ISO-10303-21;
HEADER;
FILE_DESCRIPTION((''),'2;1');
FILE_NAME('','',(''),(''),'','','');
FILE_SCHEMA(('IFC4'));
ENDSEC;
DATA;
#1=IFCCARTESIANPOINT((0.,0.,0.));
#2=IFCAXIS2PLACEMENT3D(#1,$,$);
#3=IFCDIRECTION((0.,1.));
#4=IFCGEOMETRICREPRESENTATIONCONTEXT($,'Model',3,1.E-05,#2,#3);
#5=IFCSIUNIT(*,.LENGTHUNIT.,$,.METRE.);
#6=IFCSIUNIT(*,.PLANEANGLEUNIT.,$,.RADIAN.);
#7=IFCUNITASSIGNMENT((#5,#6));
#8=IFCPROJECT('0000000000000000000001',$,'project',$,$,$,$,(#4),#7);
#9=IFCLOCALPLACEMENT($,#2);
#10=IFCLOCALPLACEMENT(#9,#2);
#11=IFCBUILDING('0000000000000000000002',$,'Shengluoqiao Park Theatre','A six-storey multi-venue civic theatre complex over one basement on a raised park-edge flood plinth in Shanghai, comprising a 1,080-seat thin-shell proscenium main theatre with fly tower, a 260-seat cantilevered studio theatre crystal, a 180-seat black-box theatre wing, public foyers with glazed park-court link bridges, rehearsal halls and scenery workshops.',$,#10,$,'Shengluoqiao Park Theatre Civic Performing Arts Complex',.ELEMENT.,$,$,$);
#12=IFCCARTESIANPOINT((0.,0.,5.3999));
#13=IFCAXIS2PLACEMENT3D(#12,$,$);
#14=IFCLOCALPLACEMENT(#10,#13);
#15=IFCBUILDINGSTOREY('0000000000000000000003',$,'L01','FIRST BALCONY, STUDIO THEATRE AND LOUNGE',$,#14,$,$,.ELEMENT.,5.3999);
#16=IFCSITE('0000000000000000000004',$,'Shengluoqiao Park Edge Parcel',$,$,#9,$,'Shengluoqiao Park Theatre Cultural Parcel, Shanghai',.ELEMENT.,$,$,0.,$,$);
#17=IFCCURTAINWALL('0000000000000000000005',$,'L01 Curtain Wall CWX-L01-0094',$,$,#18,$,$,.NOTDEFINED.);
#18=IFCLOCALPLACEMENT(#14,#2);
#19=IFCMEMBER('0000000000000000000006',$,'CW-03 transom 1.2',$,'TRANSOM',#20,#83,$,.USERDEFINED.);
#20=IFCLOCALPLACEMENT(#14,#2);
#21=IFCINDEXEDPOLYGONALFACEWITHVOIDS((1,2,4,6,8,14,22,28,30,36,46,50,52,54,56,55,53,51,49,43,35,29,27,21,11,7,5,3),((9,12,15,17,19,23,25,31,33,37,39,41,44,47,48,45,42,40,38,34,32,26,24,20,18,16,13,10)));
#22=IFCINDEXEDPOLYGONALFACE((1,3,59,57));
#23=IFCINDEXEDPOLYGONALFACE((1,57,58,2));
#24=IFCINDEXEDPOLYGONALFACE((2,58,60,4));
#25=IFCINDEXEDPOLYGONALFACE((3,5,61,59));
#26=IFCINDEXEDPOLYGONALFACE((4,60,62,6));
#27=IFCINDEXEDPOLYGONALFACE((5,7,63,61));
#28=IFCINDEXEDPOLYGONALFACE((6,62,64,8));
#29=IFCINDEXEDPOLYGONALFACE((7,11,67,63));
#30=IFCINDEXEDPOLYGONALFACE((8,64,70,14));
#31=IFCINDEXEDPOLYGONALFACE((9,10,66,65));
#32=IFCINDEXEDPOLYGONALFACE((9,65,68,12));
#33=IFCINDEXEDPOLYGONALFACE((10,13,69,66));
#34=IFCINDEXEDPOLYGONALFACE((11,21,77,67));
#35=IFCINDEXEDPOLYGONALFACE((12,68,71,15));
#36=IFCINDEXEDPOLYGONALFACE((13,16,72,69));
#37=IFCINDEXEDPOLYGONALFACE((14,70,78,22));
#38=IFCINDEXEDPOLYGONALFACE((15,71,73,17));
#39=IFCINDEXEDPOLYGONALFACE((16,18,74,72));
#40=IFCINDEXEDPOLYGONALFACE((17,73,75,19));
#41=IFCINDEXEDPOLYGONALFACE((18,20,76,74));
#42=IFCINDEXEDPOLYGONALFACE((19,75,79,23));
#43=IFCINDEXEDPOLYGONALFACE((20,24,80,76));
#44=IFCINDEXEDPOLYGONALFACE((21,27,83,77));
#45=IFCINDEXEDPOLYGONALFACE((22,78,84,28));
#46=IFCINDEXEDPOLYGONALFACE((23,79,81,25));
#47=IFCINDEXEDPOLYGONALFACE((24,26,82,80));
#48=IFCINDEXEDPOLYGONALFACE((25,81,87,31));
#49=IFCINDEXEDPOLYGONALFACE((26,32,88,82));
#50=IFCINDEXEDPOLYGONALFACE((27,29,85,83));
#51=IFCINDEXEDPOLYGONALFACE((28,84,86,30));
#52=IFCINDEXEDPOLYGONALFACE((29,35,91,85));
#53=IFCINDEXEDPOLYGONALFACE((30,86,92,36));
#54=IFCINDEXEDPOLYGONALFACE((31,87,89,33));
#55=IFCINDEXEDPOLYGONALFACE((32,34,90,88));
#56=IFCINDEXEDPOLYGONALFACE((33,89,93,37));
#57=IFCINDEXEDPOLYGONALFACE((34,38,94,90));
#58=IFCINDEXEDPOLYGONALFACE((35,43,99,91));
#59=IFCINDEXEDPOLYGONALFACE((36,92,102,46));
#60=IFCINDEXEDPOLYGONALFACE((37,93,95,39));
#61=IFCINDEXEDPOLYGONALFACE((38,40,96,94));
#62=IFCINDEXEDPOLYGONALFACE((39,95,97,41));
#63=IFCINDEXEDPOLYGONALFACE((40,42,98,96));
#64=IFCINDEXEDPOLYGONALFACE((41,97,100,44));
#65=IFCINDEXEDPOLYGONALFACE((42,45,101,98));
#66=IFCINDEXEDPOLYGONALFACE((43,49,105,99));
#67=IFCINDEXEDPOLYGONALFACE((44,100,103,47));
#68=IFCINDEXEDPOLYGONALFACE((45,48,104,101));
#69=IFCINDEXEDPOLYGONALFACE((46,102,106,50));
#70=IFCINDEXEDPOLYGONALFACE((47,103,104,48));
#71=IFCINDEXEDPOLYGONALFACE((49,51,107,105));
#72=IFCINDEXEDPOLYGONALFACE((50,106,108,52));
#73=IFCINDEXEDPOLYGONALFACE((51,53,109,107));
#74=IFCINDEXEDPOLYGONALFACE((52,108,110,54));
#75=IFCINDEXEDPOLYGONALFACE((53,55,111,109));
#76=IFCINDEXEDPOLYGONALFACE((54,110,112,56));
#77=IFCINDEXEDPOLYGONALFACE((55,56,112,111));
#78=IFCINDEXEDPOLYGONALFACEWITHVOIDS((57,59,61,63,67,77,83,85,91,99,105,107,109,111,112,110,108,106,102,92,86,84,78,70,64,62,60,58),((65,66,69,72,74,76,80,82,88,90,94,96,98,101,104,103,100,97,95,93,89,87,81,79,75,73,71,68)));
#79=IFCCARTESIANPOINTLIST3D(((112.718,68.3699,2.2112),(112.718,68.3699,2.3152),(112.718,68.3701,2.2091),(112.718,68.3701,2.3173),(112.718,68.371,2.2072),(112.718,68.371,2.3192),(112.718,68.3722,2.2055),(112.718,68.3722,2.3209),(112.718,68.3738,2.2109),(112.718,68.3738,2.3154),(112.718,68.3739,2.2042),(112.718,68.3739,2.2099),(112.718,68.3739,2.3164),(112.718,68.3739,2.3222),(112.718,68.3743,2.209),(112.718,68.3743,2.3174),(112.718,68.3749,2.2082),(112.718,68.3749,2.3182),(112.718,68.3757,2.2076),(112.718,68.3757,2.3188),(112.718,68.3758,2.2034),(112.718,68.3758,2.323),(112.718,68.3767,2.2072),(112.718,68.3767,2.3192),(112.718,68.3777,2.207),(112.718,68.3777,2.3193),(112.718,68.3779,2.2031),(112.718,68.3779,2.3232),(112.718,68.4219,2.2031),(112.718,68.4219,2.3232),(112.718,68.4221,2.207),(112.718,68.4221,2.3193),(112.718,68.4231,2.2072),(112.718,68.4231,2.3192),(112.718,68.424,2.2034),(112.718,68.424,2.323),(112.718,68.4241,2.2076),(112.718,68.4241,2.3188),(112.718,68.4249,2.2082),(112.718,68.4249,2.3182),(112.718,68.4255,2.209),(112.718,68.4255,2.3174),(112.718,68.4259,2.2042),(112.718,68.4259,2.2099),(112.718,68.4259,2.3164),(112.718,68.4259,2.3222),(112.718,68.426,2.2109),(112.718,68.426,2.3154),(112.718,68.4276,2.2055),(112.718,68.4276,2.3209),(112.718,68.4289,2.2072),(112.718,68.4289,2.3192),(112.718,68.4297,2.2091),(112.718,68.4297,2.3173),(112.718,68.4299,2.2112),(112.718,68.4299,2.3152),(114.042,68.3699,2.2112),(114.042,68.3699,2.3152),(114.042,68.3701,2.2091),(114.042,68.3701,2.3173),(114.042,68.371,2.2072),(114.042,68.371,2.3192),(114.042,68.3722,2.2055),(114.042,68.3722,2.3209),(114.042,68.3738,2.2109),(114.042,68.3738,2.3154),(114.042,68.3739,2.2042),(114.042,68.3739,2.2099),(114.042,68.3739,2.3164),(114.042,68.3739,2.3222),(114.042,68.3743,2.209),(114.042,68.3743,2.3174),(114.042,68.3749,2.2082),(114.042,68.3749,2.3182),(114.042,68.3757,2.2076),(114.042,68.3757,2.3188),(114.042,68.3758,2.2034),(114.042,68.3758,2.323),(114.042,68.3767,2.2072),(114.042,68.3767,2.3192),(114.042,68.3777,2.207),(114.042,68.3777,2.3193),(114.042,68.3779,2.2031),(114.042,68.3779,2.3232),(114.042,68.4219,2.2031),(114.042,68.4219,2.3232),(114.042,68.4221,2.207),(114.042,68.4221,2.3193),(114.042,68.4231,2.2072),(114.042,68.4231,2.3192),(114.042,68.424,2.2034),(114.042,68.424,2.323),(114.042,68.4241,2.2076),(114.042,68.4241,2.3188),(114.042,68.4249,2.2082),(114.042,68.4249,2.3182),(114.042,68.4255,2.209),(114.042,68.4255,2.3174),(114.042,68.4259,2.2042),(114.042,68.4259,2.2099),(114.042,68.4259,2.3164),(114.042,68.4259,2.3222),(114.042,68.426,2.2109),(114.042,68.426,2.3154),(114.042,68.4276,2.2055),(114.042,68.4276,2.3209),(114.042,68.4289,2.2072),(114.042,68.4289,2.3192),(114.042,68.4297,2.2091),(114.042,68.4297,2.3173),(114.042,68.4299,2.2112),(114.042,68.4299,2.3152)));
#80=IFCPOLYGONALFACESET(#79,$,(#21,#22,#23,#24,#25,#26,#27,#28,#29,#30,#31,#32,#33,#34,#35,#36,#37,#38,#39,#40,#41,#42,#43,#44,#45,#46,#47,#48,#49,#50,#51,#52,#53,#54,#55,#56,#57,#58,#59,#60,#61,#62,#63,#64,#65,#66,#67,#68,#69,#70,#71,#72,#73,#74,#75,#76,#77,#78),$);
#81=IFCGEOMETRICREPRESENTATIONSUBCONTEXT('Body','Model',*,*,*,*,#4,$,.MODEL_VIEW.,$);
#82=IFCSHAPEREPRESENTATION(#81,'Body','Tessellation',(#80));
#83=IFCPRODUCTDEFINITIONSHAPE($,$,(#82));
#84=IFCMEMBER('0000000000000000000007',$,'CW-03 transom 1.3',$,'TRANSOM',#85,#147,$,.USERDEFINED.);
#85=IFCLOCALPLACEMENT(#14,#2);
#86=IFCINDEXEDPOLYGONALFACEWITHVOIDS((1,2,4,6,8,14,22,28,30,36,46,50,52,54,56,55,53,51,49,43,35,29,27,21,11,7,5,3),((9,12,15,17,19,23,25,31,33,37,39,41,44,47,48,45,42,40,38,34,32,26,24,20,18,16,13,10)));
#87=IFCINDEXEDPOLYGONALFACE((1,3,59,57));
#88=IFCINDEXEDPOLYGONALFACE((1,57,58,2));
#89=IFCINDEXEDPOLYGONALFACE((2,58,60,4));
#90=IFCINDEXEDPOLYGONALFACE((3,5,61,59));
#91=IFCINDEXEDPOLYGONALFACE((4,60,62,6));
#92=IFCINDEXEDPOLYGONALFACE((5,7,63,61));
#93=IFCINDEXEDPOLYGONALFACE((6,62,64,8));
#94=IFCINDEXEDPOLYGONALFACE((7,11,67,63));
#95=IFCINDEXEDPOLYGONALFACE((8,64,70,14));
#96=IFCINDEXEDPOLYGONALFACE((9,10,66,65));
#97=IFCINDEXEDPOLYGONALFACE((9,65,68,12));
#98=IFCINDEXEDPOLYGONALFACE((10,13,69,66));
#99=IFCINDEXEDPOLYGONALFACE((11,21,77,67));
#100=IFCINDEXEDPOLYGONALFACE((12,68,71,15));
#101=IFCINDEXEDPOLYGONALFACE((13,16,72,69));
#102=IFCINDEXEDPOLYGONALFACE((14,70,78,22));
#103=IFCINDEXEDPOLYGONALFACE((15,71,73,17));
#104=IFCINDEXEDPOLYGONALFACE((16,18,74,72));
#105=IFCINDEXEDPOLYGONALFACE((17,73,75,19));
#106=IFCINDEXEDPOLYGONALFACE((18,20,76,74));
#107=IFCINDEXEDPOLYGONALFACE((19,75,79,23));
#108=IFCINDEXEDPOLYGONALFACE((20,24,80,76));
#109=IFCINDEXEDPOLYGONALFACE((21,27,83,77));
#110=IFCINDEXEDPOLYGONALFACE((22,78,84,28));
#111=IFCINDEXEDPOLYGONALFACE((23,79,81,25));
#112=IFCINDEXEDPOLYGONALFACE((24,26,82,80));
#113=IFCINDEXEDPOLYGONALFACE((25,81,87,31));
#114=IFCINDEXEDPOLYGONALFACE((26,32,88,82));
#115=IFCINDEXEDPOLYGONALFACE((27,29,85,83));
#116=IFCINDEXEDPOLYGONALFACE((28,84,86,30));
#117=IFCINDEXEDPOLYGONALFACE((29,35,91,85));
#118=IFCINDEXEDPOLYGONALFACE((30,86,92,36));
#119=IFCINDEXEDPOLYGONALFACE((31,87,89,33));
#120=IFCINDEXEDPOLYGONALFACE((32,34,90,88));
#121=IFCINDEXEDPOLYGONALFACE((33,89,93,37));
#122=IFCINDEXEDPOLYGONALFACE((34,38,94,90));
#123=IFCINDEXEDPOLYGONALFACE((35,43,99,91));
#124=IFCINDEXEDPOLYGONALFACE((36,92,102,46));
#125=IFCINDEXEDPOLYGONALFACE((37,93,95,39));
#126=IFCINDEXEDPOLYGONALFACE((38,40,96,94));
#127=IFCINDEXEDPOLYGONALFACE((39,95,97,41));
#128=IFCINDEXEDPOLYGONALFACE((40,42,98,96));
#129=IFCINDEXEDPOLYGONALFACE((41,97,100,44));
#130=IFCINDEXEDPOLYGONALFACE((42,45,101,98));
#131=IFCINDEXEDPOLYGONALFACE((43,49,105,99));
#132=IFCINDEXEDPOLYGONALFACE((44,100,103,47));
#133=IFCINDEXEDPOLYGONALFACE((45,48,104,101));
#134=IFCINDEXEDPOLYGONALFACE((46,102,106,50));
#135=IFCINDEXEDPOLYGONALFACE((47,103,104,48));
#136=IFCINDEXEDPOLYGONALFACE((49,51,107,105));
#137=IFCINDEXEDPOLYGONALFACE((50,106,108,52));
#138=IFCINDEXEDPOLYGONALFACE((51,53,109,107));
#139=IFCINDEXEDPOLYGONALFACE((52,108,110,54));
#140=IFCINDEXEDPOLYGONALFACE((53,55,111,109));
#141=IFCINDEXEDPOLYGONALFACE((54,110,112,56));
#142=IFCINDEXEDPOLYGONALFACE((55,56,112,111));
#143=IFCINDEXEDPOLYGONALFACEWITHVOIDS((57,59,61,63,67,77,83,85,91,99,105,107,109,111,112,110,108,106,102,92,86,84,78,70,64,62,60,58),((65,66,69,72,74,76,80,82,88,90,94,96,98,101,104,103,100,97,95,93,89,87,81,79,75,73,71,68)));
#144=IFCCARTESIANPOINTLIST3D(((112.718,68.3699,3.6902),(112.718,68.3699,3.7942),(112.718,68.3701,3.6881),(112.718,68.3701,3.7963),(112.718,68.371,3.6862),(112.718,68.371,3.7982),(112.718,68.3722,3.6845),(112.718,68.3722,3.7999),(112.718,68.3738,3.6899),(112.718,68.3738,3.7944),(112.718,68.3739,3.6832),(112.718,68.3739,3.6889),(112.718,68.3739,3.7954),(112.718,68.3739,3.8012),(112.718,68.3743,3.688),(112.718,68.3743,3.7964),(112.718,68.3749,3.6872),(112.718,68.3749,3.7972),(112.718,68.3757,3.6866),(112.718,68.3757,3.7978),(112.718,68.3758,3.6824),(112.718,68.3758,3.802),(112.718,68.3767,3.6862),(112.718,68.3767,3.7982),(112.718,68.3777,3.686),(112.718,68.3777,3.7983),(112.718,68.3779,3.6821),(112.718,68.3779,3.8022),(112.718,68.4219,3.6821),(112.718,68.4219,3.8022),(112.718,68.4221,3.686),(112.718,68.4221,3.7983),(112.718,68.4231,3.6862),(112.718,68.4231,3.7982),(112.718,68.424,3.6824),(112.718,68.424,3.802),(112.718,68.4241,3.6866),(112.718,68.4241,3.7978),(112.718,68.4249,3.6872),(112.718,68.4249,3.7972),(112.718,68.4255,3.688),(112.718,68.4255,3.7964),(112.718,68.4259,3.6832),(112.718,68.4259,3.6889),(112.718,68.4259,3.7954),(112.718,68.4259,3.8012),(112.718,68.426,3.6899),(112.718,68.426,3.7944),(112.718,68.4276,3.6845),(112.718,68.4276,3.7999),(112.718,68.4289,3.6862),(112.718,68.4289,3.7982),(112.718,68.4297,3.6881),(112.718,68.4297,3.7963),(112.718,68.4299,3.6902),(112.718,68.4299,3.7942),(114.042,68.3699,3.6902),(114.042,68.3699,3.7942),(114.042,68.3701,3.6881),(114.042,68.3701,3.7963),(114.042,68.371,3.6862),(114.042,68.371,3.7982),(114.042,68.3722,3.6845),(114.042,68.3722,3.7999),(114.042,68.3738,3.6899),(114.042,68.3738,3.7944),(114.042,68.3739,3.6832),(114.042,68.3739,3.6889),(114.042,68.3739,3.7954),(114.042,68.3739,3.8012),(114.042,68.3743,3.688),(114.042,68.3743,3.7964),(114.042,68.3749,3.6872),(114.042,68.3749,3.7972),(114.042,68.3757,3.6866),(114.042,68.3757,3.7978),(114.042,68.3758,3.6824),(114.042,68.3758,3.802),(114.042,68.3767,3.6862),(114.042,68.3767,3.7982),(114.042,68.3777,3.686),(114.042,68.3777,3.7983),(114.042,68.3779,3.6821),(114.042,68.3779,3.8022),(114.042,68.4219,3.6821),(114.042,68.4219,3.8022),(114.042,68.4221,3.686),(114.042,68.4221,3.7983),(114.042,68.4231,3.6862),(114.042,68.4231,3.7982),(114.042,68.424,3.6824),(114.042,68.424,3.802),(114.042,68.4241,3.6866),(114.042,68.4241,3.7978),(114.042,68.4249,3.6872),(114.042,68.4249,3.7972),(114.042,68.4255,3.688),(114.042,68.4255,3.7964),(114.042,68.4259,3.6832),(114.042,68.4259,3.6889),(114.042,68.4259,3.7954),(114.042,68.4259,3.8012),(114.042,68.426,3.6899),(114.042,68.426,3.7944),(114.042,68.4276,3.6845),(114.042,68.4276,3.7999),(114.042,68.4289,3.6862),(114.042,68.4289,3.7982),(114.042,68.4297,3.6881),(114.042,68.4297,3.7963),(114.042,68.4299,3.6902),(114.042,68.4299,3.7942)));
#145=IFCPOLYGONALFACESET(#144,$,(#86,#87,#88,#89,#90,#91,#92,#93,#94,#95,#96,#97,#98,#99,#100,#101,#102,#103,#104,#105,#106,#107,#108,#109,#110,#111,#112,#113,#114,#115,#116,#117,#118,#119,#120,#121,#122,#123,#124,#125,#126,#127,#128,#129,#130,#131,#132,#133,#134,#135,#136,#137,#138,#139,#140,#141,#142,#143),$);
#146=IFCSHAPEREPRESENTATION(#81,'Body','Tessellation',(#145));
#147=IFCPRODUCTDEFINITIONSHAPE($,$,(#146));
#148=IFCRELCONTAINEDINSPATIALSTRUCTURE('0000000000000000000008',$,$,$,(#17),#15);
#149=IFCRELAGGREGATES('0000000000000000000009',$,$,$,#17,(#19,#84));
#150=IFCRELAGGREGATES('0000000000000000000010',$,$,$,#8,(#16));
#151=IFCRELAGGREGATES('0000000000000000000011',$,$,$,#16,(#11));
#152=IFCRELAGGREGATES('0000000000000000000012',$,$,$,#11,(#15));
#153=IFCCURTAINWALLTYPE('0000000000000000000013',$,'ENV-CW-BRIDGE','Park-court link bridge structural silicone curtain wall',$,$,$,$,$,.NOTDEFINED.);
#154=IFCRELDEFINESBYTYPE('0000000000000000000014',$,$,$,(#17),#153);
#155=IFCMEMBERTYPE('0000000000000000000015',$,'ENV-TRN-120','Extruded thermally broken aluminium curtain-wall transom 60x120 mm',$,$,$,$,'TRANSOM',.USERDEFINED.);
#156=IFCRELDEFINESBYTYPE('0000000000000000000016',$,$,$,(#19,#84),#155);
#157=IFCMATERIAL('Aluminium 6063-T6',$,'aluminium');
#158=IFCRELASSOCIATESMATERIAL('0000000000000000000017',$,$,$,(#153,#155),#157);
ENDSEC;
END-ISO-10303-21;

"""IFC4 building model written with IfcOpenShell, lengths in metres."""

from ifc_helpers import new_model, si_unit, direction, frame, origin, origin_2d, place, context, subcontext, project, spatial, hollow_rectangle, extrude, material, material_profile, profile_set, type_object, element, aggregate, save


model = new_model("IFC4")

# Units and contexts
model_context = context("Model", 3, precision=1e-05, world=origin(), true_north=direction((0.0, 1.0)))
body_context = subcontext(model_context, "Body", "Model", "MODEL_VIEW")
ifc_project = project(units=[si_unit("LENGTHUNIT", "METRE"), si_unit("PLANEANGLEUNIT", "RADIAN")], contexts=[model_context])

# Site, building, storey
site_placement = place(None, origin())
site = spatial("IfcSite", under=ifc_project, at=site_placement, Name="Shengluoqiao Park Edge Parcel", LongName="Shengluoqiao Park Theatre Cultural Parcel, Shanghai", CompositionType="ELEMENT", RefElevation=0.0)
building_placement = place(site_placement, origin())
building = spatial("IfcBuilding", under=site, at=building_placement, Name="Shengluoqiao Park Theatre", Description="A six-storey multi-venue civic theatre complex over one basement on a raised park-edge flood plinth in Shanghai, comprising a 1,080-seat thin-shell proscenium main theatre with fly tower, a 260-seat cantilevered studio theatre crystal, a 180-seat black-box theatre wing, public foyers with glazed park-court link bridges, rehearsal halls and scenery workshops.", LongName="Shengluoqiao Park Theatre Civic Performing Arts Complex", CompositionType="ELEMENT")
storey_placement = place(building_placement, frame((0.0, 0.0, 5.3999)))
storey = spatial("IfcBuildingStorey", under=building, at=storey_placement, Name="L01", Description="FIRST BALCONY, STUDIO THEATRE AND LOUNGE", CompositionType="ELEMENT", Elevation=5.3999)

# Curtain wall
ifc_material_1 = material(Name="Aluminium 6063-T6", Category="aluminium")
curtain_wall_type = type_object("IfcCurtainWallType", Name="ENV-CW-BRIDGE", Description="Park-court link bridge structural silicone curtain wall", PredefinedType="NOTDEFINED", material=ifc_material_1)
curtain_wall_1_placement = place(storey_placement, origin())
curtain_wall_1 = element("IfcCurtainWall", 1, at=curtain_wall_1_placement, inside=storey, type_object=curtain_wall_type, Name="L01 Curtain Wall CWX-L01-0094", PredefinedType="NOTDEFINED")

# Members
ifc_material_profile_1 = material_profile(ifc_material_1, hollow_rectangle(XDim=0.0601, YDim=0.1201, WallThickness=0.0039, InnerFilletRadius=0.0039, OuterFilletRadius=0.0081, at=origin_2d()), Name="ALU TRANSOM 120x60x4")
ifc_profile_set_1 = profile_set([ifc_material_profile_1], Name="Aluminium 6063-T6")
member_type_1 = type_object("IfcMemberType", Name="ENV-TRN-120", Description="Extruded thermally broken aluminium curtain-wall transom 60x120 mm", ElementType="TRANSOM", PredefinedType="USERDEFINED", material=ifc_profile_set_1)
member_1_placement = place(storey_placement, frame((112.718, 68.3999, 2.2632), z_axis=(1.0, 0.0, 0.0), x_axis=(0.0, 1.0, 0.0)))
member_1 = element("IfcMember", 2, at=member_1_placement, type_object=member_type_1, Name="CW-03 transom 1.2", ObjectType="TRANSOM", PredefinedType="USERDEFINED", context=body_context, shape_type="SweptSolid", body=[
    extrude(hollow_rectangle(XDim=0.0601, YDim=0.1201, WallThickness=0.0039, InnerFilletRadius=0.0039, OuterFilletRadius=0.0081, at=origin_2d()), origin(), (0.0, 0.0, 1.0), 1.324),
])
member_2_placement = place(storey_placement, frame((112.718, 68.3999, 3.7422), z_axis=(1.0, 0.0, 0.0), x_axis=(0.0, 1.0, 0.0)))
member_2 = element("IfcMember", 3, at=member_2_placement, type_object=member_type_1, Name="CW-03 transom 1.3", ObjectType="TRANSOM", PredefinedType="USERDEFINED", context=body_context, shape_type="SweptSolid", body=[
    extrude(hollow_rectangle(XDim=0.0601, YDim=0.1201, WallThickness=0.0039, InnerFilletRadius=0.0039, OuterFilletRadius=0.0081, at=origin_2d()), origin(), (0.0, 0.0, 1.0), 1.324),
])

aggregate(curtain_wall_1, [member_1, member_2])

save(model, "model.ifc")
